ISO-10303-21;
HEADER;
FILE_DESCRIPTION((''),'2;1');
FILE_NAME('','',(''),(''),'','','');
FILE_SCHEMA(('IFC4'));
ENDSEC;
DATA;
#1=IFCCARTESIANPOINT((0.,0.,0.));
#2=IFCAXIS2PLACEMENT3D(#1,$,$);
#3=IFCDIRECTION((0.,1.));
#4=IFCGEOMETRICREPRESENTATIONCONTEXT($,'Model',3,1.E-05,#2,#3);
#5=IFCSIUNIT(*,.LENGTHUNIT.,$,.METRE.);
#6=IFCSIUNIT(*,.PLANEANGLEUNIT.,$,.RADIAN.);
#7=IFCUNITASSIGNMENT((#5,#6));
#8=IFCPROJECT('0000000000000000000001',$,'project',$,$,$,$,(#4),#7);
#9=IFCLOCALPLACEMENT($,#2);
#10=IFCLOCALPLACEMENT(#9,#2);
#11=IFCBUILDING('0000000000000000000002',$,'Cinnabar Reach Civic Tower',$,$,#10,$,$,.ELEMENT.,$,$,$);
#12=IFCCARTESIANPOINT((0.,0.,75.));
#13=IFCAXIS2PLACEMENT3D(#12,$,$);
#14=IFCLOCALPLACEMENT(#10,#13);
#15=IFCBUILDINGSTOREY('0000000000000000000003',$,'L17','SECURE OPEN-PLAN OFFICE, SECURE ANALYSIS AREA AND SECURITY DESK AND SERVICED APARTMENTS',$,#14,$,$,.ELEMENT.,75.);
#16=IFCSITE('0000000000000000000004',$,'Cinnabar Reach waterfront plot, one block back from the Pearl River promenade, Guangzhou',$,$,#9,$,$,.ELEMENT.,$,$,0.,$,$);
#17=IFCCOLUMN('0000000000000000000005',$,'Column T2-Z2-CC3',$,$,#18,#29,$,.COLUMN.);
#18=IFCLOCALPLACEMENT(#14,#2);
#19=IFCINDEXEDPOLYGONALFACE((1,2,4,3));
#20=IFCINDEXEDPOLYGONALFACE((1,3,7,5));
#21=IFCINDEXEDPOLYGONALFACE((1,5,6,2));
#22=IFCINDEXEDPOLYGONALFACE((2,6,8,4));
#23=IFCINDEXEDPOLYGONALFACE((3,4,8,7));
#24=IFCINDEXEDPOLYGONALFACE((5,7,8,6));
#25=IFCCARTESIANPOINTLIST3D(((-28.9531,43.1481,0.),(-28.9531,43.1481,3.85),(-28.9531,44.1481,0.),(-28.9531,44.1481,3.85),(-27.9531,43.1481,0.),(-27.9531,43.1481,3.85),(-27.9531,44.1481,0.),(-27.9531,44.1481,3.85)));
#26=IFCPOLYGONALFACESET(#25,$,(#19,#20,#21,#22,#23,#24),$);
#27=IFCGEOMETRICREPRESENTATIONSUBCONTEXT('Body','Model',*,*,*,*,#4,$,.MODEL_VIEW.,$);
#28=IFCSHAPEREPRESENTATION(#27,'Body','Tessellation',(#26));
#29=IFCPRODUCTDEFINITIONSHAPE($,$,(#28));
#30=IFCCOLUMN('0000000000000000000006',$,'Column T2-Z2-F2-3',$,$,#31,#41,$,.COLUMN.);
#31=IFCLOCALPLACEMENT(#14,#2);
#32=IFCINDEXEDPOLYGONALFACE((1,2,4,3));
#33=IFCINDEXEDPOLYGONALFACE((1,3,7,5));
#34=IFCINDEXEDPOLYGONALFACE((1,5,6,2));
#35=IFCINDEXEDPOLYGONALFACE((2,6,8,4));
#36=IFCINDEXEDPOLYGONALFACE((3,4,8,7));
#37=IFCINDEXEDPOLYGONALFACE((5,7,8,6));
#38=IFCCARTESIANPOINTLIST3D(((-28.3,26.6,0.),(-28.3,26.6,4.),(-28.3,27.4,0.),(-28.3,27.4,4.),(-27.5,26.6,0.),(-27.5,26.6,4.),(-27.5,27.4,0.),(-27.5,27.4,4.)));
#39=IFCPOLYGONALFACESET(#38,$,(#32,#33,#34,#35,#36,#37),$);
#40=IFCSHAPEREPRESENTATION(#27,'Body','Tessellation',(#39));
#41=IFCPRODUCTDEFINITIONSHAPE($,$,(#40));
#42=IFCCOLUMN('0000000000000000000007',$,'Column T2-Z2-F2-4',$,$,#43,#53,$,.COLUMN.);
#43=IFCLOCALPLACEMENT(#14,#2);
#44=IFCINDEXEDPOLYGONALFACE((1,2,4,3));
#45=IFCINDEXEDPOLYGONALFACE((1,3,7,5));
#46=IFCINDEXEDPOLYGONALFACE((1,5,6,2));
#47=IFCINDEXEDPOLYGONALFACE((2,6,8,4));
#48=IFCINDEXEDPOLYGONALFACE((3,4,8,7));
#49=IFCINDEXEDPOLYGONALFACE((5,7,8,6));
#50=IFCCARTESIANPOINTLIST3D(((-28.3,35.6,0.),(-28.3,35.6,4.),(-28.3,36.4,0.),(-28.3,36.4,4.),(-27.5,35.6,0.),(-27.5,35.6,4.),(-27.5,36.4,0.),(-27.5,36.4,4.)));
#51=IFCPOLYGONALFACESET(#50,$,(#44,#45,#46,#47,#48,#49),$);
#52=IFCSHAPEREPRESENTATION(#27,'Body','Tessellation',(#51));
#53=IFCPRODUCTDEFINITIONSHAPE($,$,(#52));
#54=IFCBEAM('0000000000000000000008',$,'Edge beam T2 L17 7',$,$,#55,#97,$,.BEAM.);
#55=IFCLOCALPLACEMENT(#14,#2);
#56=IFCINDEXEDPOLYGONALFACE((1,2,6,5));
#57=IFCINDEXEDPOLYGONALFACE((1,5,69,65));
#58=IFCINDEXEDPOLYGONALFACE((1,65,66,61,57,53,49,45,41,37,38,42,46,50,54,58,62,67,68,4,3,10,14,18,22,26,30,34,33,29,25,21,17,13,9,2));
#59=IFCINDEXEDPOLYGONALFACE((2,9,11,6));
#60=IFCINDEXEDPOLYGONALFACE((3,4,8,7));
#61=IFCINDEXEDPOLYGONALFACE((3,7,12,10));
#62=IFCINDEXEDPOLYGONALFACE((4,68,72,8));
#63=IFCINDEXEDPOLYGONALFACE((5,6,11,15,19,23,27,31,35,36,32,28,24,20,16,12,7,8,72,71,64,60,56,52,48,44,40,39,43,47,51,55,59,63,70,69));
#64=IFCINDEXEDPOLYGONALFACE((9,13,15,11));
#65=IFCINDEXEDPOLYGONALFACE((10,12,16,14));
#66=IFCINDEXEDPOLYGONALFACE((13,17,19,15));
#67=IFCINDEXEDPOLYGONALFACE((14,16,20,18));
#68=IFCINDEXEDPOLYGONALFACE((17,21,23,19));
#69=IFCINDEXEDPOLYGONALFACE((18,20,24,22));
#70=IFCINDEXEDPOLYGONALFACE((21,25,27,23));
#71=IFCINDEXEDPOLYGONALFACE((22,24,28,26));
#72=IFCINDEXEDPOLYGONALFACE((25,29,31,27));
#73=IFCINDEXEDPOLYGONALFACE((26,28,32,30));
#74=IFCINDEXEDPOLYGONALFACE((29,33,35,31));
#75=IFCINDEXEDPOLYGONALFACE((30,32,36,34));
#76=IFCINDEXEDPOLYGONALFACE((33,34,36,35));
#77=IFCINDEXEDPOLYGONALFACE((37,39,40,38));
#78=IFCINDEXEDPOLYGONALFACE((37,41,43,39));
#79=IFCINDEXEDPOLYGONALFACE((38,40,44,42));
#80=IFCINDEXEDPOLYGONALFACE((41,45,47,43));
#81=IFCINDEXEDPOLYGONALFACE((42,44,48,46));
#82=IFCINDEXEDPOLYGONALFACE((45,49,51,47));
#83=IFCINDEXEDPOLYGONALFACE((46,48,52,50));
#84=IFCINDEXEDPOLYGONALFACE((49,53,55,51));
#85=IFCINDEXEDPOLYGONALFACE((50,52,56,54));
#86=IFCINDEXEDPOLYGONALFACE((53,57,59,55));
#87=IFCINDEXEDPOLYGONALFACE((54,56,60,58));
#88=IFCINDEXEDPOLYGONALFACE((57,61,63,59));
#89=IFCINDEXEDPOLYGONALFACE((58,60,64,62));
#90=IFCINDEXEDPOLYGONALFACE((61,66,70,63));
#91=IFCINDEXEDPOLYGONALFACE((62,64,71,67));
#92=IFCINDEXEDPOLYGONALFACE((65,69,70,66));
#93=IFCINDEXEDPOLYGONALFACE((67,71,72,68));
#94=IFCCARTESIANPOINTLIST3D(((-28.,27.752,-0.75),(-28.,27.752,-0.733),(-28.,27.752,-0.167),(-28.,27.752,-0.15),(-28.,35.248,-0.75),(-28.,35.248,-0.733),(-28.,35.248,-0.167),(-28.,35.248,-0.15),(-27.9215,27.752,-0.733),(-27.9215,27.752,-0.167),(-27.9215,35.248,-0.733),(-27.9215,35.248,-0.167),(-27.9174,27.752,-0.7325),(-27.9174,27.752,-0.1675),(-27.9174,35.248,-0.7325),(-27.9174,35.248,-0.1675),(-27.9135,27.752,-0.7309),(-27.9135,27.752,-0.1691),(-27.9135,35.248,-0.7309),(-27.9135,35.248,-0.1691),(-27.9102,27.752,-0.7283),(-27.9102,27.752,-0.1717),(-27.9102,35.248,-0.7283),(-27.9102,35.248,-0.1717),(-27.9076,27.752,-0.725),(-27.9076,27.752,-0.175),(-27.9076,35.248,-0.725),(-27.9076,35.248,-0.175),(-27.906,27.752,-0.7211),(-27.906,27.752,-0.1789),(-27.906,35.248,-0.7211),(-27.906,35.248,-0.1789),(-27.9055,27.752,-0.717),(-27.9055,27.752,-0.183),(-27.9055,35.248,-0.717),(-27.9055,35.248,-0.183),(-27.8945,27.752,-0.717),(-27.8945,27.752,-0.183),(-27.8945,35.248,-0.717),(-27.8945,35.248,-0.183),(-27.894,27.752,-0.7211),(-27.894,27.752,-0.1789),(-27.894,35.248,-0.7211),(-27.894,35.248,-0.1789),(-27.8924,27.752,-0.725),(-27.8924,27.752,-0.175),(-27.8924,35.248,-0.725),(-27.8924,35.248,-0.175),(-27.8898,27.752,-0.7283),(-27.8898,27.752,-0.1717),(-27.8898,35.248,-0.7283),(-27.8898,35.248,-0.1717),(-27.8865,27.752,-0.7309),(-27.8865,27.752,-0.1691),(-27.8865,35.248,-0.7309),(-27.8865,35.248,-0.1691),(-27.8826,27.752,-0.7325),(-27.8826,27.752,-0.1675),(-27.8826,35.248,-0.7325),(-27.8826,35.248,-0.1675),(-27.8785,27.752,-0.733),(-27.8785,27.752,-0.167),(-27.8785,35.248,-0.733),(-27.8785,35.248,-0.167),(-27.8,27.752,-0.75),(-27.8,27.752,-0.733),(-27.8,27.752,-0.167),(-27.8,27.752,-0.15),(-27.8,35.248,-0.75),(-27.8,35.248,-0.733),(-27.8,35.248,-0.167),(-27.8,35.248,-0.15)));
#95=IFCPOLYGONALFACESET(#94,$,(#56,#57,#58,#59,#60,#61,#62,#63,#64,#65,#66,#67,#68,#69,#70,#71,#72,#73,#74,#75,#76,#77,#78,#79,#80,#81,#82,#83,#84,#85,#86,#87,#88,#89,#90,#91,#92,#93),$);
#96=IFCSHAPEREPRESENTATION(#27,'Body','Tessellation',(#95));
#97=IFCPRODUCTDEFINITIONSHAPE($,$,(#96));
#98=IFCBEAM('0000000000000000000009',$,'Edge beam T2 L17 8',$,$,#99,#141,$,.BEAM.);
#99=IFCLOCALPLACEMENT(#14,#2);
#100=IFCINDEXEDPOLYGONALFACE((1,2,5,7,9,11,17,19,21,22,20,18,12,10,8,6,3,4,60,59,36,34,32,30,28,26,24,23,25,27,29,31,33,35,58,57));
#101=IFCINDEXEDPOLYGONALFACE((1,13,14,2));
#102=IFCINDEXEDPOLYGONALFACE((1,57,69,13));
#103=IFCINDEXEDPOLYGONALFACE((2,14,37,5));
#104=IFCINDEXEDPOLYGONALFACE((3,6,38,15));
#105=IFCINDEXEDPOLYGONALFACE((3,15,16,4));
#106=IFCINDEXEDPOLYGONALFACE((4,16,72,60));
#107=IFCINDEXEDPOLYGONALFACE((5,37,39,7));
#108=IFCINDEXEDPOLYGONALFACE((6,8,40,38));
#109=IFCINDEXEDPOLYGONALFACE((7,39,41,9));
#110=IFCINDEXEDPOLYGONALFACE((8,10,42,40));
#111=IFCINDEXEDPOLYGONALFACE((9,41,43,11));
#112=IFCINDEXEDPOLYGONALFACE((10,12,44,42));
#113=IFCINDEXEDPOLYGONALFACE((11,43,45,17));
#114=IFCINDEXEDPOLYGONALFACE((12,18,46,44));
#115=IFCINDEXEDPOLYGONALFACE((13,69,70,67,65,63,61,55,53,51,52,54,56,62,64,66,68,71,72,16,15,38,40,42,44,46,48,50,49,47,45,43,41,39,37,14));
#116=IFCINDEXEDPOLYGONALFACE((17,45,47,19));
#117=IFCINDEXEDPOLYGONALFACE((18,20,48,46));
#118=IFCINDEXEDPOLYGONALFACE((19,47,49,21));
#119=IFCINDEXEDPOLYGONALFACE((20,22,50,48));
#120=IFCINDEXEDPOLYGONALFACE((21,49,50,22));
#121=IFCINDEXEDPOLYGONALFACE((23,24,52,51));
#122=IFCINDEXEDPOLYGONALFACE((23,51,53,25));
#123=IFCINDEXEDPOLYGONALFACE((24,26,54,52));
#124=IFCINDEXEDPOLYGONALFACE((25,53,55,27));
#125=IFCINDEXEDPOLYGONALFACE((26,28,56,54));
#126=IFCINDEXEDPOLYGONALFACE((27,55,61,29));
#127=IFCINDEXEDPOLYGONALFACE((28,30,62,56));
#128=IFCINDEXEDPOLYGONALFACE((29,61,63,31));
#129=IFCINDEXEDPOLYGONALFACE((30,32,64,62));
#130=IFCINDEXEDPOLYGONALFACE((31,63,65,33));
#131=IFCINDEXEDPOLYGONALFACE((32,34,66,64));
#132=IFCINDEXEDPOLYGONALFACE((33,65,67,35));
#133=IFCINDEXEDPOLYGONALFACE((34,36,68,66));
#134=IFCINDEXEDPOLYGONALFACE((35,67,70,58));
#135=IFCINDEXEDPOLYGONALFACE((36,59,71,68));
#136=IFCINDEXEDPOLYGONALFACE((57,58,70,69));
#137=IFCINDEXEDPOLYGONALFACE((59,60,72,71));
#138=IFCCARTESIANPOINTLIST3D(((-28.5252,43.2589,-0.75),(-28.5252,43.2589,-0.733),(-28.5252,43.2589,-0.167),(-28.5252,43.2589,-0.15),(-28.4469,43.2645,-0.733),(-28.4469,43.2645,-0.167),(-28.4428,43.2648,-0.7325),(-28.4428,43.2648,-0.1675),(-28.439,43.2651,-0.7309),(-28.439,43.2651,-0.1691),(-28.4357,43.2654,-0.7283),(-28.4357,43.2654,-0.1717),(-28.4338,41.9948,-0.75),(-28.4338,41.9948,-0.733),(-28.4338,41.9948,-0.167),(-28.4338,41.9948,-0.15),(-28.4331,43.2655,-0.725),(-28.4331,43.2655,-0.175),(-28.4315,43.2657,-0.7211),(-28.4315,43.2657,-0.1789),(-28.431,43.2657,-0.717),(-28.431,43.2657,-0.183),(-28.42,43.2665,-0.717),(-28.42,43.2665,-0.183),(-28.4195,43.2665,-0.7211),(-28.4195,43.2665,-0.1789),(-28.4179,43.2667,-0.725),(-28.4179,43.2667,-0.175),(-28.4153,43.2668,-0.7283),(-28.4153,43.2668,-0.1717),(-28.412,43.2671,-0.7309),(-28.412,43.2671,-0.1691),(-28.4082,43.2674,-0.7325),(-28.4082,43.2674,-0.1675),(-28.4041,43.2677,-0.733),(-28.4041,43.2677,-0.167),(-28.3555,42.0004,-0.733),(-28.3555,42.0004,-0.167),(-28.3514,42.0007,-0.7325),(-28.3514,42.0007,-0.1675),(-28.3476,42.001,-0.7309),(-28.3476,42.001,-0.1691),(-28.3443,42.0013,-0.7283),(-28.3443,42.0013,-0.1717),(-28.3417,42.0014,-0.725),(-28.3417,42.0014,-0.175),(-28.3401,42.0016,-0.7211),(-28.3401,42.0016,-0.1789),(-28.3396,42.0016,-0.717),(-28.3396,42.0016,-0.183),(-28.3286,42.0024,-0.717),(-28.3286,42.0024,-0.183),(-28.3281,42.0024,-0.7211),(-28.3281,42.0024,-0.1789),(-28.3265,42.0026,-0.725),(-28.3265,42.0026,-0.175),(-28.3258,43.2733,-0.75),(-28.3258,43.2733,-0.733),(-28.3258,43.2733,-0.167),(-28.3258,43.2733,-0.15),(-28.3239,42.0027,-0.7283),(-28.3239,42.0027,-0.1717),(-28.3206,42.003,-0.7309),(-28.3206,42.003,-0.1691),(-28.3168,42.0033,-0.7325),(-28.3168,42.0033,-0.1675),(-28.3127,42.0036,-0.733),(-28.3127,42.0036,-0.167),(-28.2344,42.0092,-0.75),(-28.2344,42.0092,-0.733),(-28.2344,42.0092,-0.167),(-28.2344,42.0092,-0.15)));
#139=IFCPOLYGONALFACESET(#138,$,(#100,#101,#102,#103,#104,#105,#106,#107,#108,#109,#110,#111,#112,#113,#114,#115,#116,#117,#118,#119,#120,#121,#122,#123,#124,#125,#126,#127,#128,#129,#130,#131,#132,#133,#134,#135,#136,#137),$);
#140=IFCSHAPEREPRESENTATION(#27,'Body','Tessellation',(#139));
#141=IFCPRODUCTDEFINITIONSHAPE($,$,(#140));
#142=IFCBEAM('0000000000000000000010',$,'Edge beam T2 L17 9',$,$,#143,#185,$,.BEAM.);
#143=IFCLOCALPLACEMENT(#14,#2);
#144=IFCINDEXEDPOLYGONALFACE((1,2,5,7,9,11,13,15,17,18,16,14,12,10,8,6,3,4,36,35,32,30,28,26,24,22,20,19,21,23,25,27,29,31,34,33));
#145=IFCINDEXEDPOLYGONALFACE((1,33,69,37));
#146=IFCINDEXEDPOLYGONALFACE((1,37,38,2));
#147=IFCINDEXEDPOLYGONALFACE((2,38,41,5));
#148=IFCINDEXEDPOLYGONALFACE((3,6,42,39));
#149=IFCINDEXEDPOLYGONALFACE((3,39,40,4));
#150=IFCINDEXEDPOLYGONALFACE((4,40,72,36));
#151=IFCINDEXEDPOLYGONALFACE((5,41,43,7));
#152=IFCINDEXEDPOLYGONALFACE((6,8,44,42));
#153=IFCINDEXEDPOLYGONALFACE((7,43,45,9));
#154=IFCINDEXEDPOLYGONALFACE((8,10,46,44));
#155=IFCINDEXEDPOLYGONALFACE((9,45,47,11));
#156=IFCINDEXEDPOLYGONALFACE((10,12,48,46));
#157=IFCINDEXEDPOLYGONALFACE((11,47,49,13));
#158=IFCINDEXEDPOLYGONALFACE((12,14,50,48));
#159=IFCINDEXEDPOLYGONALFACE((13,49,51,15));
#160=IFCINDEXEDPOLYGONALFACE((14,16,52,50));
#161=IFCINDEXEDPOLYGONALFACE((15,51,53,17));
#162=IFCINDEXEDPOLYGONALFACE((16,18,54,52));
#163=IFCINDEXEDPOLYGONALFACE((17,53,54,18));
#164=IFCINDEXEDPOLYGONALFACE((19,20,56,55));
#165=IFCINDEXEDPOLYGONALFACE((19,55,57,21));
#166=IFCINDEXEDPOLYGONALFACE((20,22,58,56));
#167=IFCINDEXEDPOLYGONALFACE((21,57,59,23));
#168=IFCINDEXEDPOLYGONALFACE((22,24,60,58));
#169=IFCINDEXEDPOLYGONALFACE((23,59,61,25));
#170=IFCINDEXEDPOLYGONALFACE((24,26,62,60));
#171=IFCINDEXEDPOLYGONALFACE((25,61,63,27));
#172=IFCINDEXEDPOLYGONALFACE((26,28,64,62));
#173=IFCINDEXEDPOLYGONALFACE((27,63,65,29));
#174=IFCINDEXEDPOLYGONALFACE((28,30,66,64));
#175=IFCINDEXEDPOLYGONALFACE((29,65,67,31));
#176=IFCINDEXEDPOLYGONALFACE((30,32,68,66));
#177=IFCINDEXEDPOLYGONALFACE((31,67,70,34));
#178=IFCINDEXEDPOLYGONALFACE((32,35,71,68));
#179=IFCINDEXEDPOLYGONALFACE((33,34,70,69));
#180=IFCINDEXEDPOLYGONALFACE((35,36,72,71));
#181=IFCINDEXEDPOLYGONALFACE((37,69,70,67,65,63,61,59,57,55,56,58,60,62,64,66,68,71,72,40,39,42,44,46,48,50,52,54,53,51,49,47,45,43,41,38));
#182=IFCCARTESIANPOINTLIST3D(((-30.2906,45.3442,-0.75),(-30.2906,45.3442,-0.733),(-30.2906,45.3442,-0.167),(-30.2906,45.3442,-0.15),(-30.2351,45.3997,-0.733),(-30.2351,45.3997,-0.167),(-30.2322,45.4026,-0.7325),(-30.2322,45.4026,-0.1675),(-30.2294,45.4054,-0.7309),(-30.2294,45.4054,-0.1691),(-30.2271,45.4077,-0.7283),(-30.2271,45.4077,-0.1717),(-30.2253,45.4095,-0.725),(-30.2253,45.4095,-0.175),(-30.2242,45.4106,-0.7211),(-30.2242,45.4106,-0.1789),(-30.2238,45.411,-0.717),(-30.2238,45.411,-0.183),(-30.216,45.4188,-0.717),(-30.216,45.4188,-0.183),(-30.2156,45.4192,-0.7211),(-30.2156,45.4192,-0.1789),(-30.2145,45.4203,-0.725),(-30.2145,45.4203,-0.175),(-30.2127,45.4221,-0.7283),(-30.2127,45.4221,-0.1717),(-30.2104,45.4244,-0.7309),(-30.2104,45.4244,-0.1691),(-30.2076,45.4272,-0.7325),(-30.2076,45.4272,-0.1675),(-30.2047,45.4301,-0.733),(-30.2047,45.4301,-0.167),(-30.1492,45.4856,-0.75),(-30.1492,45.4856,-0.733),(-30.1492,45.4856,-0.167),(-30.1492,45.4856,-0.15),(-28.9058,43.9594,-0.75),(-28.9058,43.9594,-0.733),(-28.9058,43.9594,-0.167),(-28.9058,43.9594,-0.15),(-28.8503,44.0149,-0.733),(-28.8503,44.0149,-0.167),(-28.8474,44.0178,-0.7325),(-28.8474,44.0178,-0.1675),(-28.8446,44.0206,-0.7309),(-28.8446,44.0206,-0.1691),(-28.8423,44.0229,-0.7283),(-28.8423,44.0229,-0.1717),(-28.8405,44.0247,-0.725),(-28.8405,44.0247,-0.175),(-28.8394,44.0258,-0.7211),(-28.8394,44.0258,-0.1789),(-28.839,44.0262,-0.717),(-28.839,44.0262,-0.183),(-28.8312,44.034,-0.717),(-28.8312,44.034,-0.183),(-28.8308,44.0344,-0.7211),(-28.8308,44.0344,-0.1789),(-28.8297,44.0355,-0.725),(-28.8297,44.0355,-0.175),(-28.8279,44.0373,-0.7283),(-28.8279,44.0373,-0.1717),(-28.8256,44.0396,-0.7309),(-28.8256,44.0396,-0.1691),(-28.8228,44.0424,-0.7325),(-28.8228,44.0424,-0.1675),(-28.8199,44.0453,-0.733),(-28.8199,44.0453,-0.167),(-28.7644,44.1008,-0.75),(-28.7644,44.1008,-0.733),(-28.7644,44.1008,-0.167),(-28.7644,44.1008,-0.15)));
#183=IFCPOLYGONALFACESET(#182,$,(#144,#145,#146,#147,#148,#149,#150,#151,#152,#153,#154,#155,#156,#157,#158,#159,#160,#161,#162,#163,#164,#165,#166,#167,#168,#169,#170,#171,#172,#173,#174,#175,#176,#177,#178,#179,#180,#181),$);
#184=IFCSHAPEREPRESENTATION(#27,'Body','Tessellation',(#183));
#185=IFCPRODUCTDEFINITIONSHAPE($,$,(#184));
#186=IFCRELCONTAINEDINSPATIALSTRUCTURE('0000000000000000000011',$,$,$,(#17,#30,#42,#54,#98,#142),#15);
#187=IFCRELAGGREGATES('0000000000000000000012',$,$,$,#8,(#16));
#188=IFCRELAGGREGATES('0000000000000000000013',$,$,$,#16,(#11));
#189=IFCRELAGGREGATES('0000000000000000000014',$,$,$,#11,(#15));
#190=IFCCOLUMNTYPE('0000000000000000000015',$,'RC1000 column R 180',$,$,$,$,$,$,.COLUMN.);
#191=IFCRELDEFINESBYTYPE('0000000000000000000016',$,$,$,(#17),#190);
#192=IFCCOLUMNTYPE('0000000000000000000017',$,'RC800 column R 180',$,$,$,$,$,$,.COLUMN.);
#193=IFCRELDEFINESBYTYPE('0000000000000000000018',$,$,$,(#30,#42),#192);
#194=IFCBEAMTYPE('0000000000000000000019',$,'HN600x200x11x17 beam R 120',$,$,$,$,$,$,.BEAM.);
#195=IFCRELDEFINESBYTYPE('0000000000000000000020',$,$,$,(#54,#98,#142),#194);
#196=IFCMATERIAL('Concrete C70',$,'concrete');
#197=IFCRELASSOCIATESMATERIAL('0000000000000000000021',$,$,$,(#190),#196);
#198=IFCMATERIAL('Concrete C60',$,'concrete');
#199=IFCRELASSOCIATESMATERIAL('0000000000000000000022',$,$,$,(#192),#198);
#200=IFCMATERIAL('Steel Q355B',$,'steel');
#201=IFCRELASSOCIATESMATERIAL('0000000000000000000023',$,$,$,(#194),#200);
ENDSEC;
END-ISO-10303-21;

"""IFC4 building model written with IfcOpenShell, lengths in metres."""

from ifc_helpers import new_model, si_unit, direction, frame, origin, origin_2d, place, context, subcontext, project, spatial, rectangle, i_section, extrude, material, material_profile, profile_set, type_object, element, save


model = new_model("IFC4")

# Units and contexts
model_context = context("Model", 3, precision=1e-05, world=origin(), true_north=direction((0.0, 1.0)))
body_context = subcontext(model_context, "Body", "Model", "MODEL_VIEW")
ifc_project = project(units=[si_unit("LENGTHUNIT", "METRE"), si_unit("PLANEANGLEUNIT", "RADIAN")], contexts=[model_context])

# Site, building, storey
site_placement = place(None, origin())
site = spatial("IfcSite", under=ifc_project, at=site_placement, Name="Cinnabar Reach waterfront plot, one block back from the Pearl River promenade, Guangzhou", CompositionType="ELEMENT", RefElevation=0.0)
building_placement = place(site_placement, origin())
building = spatial("IfcBuilding", under=site, at=building_placement, Name="Cinnabar Reach Civic Tower", CompositionType="ELEMENT")
storey_placement = place(building_placement, frame((0.0, 0.0, 75.0)))
storey = spatial("IfcBuildingStorey", under=building, at=storey_placement, Name="L17", Description="SECURE OPEN-PLAN OFFICE, SECURE ANALYSIS AREA AND SECURITY DESK AND SERVICED APARTMENTS", CompositionType="ELEMENT", Elevation=75.0)

# Columns
ifc_material_1 = material(Name="Concrete C70", Category="concrete")
ifc_material_profile_1 = material_profile(ifc_material_1, rectangle(XDim=1.0, YDim=1.0, at=origin_2d()), Name="RC1000")
ifc_profile_set_1 = profile_set([ifc_material_profile_1], Name="Concrete C70")
column_type_1 = type_object("IfcColumnType", Name="RC1000 column R 180", PredefinedType="COLUMN", material=ifc_profile_set_1)
column_placement = place(storey_placement, frame((-28.4531, 43.6481, 0.0), z_axis=(0.0, 0.0, 1.0), x_axis=(1.0, 0.0, 0.0)))
element("IfcColumn", 1, at=column_placement, inside=storey, type_object=column_type_1, Name="Column T2-Z2-CC3", PredefinedType="COLUMN", context=body_context, shape_type="SweptSolid", body=[
    extrude(rectangle(XDim=1.0, YDim=1.0, at=origin_2d()), origin(), (0.0, 0.0, 1.0), 3.85),
])
ifc_material_2 = material(Name="Concrete C60", Category="concrete")
ifc_material_profile_2 = material_profile(ifc_material_2, rectangle(XDim=0.8, YDim=0.8, at=origin_2d()), Name="RC800")
ifc_profile_set_2 = profile_set([ifc_material_profile_2], Name="Concrete C60")
column_type_2 = type_object("IfcColumnType", Name="RC800 column R 180", PredefinedType="COLUMN", material=ifc_profile_set_2)
for number, where, z_axis, x_axis, name in (
    (2, (-27.9, 27.0, 0.0), (0.0, 0.0, 1.0), (1.0, 0.0, 0.0), "Column T2-Z2-F2-3"),
    (3, (-27.9, 36.0, 0.0), (0.0, 0.0, 1.0), (1.0, 0.0, 0.0), "Column T2-Z2-F2-4"),
):
    element("IfcColumn", number, at=place(storey_placement, frame(where, z_axis=z_axis, x_axis=x_axis)), inside=storey, type_object=column_type_2, Name=name, PredefinedType="COLUMN", context=body_context, shape_type="SweptSolid", body=[
        extrude(rectangle(XDim=0.8, YDim=0.8, at=origin_2d()), origin(), (0.0, 0.0, 1.0), 4.0),
    ])

# Beams
ifc_material_3 = material(Name="Steel Q355B", Category="steel")
ifc_material_profile_3 = material_profile(ifc_material_3, i_section(OverallWidth=0.2, OverallDepth=0.6, WebThickness=0.011, FlangeThickness=0.017, FilletRadius=0.016, at=origin_2d()), Name="HN600x200x11x17")
ifc_profile_set_3 = profile_set([ifc_material_profile_3], Name="Steel Q355B")
beam_type = type_object("IfcBeamType", Name="HN600x200x11x17 beam R 120", PredefinedType="BEAM", material=ifc_profile_set_3)
beam_1_placement = place(storey_placement, frame((-27.9, 27.752, -0.45), z_axis=(0.0, 1.0, 0.0), x_axis=(-1.0, 0.0, 0.0)))
element("IfcBeam", 4, at=beam_1_placement, inside=storey, type_object=beam_type, Name="Edge beam T2 L17 7", PredefinedType="BEAM", context=body_context, shape_type="SweptSolid", body=[
    extrude(i_section(OverallWidth=0.2, OverallDepth=0.6, WebThickness=0.011, FlangeThickness=0.017, FilletRadius=0.016, at=origin_2d()), origin(), (0.0, 0.0, 1.0), 7.496),
])
beam_2_placement = place(storey_placement, frame((-28.3341, 42.002, -0.45), z_axis=(-0.072116, 0.997396, 0.0), x_axis=(-0.997396, -0.072116, 0.0)))
element("IfcBeam", 5, at=beam_2_placement, inside=storey, type_object=beam_type, Name="Edge beam T2 L17 8", PredefinedType="BEAM", context=body_context, shape_type="SweptSolid", body=[
    extrude(i_section(OverallWidth=0.2, OverallDepth=0.6, WebThickness=0.011, FlangeThickness=0.017, FilletRadius=0.016, at=origin_2d()), origin(), (0.0, 0.0, 1.0), 1.2674),
])
beam_3_placement = place(storey_placement, frame((-28.8351, 44.0301, -0.45), z_axis=(-0.707107, 0.707107, 0.0), x_axis=(-0.707107, -0.707107, 0.0)))
element("IfcBeam", 6, at=beam_3_placement, inside=storey, type_object=beam_type, Name="Edge beam T2 L17 9", PredefinedType="BEAM", context=body_context, shape_type="SweptSolid", body=[
    extrude(i_section(OverallWidth=0.2, OverallDepth=0.6, WebThickness=0.011, FlangeThickness=0.017, FilletRadius=0.016, at=origin_2d()), origin(), (0.0, 0.0, 1.0), 1.9584),
])

save(model, "model.ifc")
